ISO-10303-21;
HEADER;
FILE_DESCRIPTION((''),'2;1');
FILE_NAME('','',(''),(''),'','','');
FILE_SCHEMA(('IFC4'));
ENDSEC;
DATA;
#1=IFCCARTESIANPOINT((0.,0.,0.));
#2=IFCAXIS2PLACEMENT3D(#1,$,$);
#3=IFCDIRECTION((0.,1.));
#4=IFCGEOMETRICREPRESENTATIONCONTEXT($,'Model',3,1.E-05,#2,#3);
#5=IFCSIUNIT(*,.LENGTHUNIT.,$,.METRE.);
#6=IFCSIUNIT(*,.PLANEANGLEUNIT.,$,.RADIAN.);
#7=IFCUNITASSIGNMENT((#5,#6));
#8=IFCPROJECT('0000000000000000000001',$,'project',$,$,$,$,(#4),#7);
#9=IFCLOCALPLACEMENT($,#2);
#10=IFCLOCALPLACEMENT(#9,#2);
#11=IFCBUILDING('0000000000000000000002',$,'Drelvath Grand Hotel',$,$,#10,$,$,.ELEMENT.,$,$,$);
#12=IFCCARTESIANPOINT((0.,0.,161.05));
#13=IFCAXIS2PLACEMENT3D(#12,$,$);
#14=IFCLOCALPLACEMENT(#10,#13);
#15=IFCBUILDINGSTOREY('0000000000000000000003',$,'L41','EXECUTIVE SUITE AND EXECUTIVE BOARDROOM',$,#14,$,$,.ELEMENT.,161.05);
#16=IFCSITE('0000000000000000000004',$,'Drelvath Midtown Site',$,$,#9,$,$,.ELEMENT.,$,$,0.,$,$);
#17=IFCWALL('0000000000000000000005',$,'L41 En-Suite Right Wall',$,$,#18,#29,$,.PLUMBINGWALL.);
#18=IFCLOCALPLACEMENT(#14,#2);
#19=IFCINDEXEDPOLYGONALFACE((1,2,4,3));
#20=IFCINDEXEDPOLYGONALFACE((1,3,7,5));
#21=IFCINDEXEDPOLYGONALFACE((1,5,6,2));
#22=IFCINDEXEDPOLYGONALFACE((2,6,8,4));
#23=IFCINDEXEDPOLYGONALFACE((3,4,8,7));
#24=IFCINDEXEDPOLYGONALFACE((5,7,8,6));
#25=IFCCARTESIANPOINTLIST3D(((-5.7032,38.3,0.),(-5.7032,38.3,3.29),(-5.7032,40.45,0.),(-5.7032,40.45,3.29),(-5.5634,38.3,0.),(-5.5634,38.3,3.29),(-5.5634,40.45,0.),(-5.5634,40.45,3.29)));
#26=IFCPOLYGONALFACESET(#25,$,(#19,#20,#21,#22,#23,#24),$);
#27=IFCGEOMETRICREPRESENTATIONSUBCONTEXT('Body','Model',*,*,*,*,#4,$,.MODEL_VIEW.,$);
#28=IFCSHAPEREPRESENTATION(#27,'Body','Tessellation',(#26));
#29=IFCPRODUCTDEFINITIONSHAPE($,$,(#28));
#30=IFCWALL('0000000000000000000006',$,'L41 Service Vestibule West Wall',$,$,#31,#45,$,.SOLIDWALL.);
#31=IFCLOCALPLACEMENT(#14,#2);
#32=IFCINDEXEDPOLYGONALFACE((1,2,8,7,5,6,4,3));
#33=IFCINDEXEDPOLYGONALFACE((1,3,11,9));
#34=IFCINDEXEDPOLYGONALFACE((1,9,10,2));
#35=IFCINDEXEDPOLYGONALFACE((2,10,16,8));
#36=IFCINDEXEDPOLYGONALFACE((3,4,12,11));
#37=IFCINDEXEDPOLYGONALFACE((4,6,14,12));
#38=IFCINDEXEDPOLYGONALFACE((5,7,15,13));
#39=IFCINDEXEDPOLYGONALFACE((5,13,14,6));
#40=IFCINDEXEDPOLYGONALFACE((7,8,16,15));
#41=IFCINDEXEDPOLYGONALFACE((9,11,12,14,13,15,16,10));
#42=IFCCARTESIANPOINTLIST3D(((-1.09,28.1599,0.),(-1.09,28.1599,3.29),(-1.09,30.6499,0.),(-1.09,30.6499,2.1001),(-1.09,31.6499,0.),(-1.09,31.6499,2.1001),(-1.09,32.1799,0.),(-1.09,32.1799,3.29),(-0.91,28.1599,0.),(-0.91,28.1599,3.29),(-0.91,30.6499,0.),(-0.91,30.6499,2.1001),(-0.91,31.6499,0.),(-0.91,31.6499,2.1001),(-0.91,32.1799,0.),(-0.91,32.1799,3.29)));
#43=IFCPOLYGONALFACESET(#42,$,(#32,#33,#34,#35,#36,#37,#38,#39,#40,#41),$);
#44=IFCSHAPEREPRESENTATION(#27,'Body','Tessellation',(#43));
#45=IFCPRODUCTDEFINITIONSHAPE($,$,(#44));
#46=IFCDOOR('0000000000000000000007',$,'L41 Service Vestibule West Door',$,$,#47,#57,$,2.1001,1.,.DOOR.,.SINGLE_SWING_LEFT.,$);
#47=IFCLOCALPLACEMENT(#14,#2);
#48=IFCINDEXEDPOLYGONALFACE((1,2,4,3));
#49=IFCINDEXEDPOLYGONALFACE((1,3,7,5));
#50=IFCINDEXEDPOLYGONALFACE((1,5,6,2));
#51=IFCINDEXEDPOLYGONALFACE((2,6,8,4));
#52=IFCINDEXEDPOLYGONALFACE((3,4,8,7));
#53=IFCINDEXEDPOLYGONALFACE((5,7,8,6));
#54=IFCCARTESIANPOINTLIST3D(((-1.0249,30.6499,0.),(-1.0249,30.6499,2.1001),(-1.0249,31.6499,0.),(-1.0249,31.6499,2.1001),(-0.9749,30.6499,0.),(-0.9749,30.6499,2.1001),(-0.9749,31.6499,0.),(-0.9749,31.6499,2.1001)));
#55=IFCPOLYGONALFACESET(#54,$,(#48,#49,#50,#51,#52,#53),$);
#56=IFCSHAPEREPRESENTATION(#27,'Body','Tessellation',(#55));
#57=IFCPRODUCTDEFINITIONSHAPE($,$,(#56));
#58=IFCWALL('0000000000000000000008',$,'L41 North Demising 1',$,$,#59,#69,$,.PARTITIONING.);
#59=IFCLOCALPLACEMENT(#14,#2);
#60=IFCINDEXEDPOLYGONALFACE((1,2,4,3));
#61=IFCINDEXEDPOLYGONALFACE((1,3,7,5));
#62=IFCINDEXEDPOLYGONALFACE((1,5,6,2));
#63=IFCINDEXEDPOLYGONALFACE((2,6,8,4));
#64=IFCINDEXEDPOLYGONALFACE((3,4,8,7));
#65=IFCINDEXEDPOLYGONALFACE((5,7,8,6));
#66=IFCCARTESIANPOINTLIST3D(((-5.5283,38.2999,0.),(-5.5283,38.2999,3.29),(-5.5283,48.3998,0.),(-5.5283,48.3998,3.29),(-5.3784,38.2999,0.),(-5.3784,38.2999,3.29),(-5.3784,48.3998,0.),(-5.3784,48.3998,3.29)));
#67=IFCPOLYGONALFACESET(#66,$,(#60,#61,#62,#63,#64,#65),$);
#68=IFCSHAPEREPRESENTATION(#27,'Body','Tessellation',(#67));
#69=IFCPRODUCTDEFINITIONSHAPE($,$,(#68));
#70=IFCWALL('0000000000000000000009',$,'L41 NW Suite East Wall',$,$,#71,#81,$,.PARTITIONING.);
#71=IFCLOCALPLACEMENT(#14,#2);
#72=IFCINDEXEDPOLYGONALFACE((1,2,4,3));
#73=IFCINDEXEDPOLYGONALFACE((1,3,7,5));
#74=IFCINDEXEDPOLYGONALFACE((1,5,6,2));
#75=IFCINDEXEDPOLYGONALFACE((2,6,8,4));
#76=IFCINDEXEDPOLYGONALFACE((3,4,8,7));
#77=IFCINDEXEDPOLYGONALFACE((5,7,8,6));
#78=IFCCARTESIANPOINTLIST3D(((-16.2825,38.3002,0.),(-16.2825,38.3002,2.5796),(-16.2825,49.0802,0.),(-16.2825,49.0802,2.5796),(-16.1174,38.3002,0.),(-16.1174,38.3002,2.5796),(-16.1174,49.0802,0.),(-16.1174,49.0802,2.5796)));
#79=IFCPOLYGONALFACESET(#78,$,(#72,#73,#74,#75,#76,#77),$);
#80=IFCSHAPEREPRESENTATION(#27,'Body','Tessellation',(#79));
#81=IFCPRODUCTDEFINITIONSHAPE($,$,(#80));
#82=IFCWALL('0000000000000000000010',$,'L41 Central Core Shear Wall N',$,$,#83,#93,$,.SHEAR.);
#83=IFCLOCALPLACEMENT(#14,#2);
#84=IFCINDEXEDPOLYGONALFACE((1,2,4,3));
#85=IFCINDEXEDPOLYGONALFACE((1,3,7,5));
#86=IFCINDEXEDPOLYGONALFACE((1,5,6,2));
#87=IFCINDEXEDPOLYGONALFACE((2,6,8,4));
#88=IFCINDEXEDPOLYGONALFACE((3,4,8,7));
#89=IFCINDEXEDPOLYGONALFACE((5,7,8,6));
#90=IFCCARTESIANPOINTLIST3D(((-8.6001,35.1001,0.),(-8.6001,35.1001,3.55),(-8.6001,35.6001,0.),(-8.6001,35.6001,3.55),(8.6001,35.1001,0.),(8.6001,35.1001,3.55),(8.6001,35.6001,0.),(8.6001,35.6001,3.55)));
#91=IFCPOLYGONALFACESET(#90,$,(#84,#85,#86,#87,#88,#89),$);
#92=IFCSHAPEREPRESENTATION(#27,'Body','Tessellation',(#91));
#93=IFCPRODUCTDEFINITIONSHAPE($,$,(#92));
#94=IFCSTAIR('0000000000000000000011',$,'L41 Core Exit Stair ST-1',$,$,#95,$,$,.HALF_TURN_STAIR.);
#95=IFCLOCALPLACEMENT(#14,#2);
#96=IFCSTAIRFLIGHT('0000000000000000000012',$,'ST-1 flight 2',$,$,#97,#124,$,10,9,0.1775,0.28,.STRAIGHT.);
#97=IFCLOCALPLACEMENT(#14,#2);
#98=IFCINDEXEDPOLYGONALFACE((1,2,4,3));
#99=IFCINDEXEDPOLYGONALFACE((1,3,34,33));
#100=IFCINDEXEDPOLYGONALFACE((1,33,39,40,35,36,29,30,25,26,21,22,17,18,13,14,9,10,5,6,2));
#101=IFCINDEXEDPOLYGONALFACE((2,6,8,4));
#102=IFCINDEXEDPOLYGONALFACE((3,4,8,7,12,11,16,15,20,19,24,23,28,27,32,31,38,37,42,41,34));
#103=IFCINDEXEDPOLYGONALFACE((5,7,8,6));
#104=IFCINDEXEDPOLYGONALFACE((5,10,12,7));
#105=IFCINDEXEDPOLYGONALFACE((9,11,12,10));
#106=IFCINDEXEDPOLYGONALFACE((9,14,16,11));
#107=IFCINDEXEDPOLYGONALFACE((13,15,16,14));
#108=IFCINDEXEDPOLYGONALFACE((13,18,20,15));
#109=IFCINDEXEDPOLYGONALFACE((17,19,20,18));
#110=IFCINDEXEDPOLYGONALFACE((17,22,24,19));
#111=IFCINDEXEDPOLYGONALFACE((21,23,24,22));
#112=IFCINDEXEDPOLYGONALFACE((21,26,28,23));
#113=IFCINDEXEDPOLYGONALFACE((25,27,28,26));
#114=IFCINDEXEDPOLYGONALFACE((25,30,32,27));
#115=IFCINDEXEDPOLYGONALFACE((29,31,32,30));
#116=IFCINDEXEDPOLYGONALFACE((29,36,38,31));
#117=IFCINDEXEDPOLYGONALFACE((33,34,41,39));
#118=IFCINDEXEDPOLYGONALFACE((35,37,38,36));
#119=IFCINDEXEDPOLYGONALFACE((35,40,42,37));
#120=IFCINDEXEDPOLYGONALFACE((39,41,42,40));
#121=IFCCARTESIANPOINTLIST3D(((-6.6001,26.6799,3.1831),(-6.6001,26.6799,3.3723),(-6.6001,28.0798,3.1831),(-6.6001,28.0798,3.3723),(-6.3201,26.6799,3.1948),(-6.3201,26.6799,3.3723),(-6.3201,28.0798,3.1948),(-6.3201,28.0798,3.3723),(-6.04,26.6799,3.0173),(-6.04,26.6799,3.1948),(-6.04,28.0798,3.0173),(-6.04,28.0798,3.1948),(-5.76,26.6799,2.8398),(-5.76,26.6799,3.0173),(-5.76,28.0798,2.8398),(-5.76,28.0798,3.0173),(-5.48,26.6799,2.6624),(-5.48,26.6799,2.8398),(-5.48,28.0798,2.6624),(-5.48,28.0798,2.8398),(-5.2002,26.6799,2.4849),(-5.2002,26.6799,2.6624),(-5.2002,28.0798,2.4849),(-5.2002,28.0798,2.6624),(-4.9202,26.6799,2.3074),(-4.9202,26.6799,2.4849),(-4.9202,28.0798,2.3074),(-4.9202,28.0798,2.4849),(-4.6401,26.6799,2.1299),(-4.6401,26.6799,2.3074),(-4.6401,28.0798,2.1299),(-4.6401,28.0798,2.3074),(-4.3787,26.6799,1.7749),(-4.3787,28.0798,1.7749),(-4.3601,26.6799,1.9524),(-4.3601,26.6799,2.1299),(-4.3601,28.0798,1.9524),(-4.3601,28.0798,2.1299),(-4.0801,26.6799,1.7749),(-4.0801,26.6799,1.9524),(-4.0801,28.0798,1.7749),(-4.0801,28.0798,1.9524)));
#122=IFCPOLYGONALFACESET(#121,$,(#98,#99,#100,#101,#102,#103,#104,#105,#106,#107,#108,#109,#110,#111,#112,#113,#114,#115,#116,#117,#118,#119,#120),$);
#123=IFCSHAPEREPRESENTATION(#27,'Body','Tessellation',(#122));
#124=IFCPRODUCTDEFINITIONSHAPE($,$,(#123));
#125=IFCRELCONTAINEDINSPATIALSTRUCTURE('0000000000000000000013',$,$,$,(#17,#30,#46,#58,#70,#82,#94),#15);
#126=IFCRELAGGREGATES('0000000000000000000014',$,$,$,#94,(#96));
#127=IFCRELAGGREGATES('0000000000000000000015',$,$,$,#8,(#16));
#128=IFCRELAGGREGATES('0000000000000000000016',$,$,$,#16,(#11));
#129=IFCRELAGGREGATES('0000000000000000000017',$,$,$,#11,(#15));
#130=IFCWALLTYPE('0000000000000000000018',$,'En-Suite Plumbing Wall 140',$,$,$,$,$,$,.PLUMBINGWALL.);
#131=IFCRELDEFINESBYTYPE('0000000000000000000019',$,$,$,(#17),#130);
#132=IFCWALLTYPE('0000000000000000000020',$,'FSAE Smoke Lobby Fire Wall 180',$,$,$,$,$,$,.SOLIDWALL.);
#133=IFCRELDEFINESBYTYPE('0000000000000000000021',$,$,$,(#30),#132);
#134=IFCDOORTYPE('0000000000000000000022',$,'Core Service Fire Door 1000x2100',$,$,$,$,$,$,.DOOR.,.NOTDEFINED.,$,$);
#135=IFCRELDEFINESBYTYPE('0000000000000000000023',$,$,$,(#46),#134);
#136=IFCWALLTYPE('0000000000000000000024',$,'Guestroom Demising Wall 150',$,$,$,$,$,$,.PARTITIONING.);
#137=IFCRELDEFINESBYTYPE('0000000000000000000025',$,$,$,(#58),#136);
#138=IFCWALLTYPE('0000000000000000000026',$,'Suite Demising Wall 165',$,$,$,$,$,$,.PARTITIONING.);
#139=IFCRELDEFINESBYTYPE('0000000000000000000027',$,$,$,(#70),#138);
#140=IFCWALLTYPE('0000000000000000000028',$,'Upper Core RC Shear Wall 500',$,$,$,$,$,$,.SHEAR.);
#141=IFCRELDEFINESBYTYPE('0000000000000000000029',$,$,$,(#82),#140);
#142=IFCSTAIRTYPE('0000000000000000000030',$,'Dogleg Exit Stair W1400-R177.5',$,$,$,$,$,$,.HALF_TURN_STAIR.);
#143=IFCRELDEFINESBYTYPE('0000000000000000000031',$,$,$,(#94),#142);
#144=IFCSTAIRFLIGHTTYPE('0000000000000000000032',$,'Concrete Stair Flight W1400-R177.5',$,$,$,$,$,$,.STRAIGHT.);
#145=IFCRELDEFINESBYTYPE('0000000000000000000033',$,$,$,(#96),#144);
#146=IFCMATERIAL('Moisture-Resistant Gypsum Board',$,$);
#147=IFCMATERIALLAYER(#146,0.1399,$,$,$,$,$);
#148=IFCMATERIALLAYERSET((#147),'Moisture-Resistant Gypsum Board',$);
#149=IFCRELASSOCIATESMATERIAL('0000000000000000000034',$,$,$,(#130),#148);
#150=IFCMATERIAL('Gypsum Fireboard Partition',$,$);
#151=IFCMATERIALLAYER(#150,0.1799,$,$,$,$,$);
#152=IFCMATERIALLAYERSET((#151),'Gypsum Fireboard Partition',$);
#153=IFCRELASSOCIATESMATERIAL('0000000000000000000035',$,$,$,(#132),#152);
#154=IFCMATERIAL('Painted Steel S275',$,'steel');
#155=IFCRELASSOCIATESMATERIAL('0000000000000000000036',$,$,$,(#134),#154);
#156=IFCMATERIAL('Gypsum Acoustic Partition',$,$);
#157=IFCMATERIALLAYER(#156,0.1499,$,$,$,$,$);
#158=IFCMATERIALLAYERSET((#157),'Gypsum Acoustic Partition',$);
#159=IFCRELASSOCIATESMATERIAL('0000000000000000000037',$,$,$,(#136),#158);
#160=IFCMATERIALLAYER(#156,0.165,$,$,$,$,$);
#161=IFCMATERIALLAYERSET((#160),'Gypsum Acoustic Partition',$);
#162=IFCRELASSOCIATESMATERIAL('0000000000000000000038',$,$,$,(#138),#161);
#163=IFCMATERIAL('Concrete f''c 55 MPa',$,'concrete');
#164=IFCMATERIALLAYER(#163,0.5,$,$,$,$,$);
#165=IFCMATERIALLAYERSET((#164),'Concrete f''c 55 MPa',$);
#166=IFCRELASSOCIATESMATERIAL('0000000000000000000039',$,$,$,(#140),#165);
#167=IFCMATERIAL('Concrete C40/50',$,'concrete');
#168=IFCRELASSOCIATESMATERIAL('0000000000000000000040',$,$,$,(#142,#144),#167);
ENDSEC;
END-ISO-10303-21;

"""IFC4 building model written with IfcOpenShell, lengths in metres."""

from ifc_helpers import new_model, si_unit, direction, frame, frame_2d, origin, place, context, subcontext, project, spatial, polyline, rectangle, outline, extrude, material, layer, layer_set, type_object, element, fill, aggregate, save


model = new_model("IFC4")

# Units and contexts
model_context = context("Model", 3, precision=1e-05, world=origin(), true_north=direction((0.0, 1.0)))
body_context = subcontext(model_context, "Body", "Model", "MODEL_VIEW")
ifc_project = project(units=[si_unit("LENGTHUNIT", "METRE"), si_unit("PLANEANGLEUNIT", "RADIAN")], contexts=[model_context])

# Site, building, storey
site_placement = place(None, origin())
site = spatial("IfcSite", under=ifc_project, at=site_placement, Name="Drelvath Midtown Site", CompositionType="ELEMENT", RefElevation=0.0)
building_placement = place(site_placement, origin())
building = spatial("IfcBuilding", under=site, at=building_placement, Name="Drelvath Grand Hotel", CompositionType="ELEMENT")
storey_placement = place(building_placement, frame((0.0, 0.0, 161.05)))
storey = spatial("IfcBuildingStorey", under=building, at=storey_placement, Name="L41", Description="EXECUTIVE SUITE AND EXECUTIVE BOARDROOM", CompositionType="ELEMENT", Elevation=161.05)

# Shared definitions
ifc_material_1 = material(Name="Concrete f'c 55 MPa", Category="concrete")

# Shared definitions
ifc_material_2 = material(Name="Painted Steel S275", Category="steel")

# Shared definitions
ifc_material_3 = material(Name="Concrete C40/50", Category="concrete")

# Shared definitions
ifc_material_4 = material(Name="Gypsum Fireboard Partition")

# Wall
ifc_material_5 = material(Name="Moisture-Resistant Gypsum Board")
ifc_layer_1 = layer(ifc_material_5, 0.1399)
ifc_layer_set_1 = layer_set([ifc_layer_1], Name="Moisture-Resistant Gypsum Board")
wall_type_1 = type_object("IfcWallType", Name="En-Suite Plumbing Wall 140", PredefinedType="PLUMBINGWALL", material=ifc_layer_set_1)
for number, where, z_axis, x_axis, name in (
    (1, (-5.6333, 38.3, 0.0), (0.0, 0.0, 1.0), (0.0, 1.0, 0.0), "L41 En-Suite Right Wall"),
):
    element("IfcWall", number, at=place(storey_placement, frame(where, z_axis=z_axis, x_axis=x_axis)), inside=storey, type_object=wall_type_1, Name=name, PredefinedType="PLUMBINGWALL", context=body_context, shape_type="SweptSolid", body=[
        extrude(rectangle(XDim=2.1499, YDim=0.1399, at=frame_2d((1.075, 0.0))), origin(), (0.0, 0.0, 1.0), 3.29),
    ])

# Wall, opening, door
ifc_layer_2 = layer(ifc_material_4, 0.1799)
ifc_layer_set_2 = layer_set([ifc_layer_2], Name="Gypsum Fireboard Partition")
wall_type_2 = type_object("IfcWallType", Name="FSAE Smoke Lobby Fire Wall 180", PredefinedType="SOLIDWALL", material=ifc_layer_set_2)
wall_1_placement = place(storey_placement, frame((-1.0, 28.1599, 0.0), z_axis=(0.0, 0.0, 1.0), x_axis=(0.0, 1.0, 0.0)))
wall_1 = element("IfcWall", 2, at=wall_1_placement, inside=storey, type_object=wall_type_2, Name="L41 Service Vestibule West Wall", PredefinedType="SOLIDWALL", context=body_context, shape_type="SweptSolid", body=[
    extrude(rectangle(XDim=4.02, YDim=0.1799, at=frame_2d((2.01, 0.0))), origin(), (0.0, 0.0, 1.0), 3.29),
])
opening_1_placement = place(wall_1_placement, frame((2.49, 0.0, 0.0)))
opening_1 = element("IfcOpeningElement", 3, at=opening_1_placement, cuts=wall_1, PredefinedType="OPENING", context=body_context, shape_type="SweptSolid", body=[
    extrude(rectangle(XDim=1.0, YDim=2.1001, at=frame_2d((0.5, 1.05))), frame((0.0, 0.0999, 0.0), z_axis=(0.0, -1.0, 0.0), x_axis=(1.0, 0.0, 0.0)), (0.0, 0.0, 1.0), 0.2),
])
door_type_1 = type_object("IfcDoorType", Name="Core Service Fire Door 1000x2100", OperationType="NOTDEFINED", PredefinedType="DOOR", material=ifc_material_2)
door_1_placement = place(opening_1_placement, origin())
door_1 = element("IfcDoor", 4, at=door_1_placement, inside=storey, type_object=door_type_1, Name="L41 Service Vestibule West Door", OperationType="SINGLE_SWING_LEFT", OverallHeight=2.1001, OverallWidth=1.0, PredefinedType="DOOR", context=body_context, shape_type="SweptSolid", body=[
    extrude(rectangle(XDim=1.0, YDim=2.1001, at=frame_2d((0.5, 1.05))), frame((0.0, 0.0249, 0.0), z_axis=(0.0, -1.0, 0.0), x_axis=(1.0, 0.0, 0.0)), (0.0, 0.0, 1.0), 0.05),
])
fill(opening_1, door_1)

# Walls
ifc_material_6 = material(Name="Gypsum Acoustic Partition")
ifc_layer_3 = layer(ifc_material_6, 0.1499)
ifc_layer_set_3 = layer_set([ifc_layer_3], Name="Gypsum Acoustic Partition")
wall_type_3 = type_object("IfcWallType", Name="Guestroom Demising Wall 150", PredefinedType="PARTITIONING", material=ifc_layer_set_3)
wall_2_placement = place(storey_placement, frame((-5.4534, 38.3, 0.0), z_axis=(0.0, 0.0, 1.0), x_axis=(0.0, 1.0, 0.0)))
element("IfcWall", 5, at=wall_2_placement, inside=storey, type_object=wall_type_3, Name="L41 North Demising 1", PredefinedType="PARTITIONING", context=body_context, shape_type="SweptSolid", body=[
    extrude(rectangle(XDim=10.0999, YDim=0.1499, at=frame_2d((5.0498, 0.0))), origin(), (0.0, 0.0, 1.0), 3.29),
])
ifc_layer_4 = layer(ifc_material_6, 0.165)
ifc_layer_set_4 = layer_set([ifc_layer_4], Name="Gypsum Acoustic Partition")
wall_type_4 = type_object("IfcWallType", Name="Suite Demising Wall 165", PredefinedType="PARTITIONING", material=ifc_layer_set_4)
wall_3_placement = place(storey_placement, frame((-16.2, 38.3, 0.0), z_axis=(0.0, 0.0, 1.0), x_axis=(0.0, 1.0, 0.0)))
element("IfcWall", 6, at=wall_3_placement, inside=storey, type_object=wall_type_4, Name="L41 NW Suite East Wall", PredefinedType="PARTITIONING", context=body_context, shape_type="SweptSolid", body=[
    extrude(rectangle(XDim=10.78, YDim=0.165, at=frame_2d((5.3901, 0.0))), origin(), (0.0, 0.0, 1.0), 2.5796),
])
ifc_layer_5 = layer(ifc_material_1, 0.5)
ifc_layer_set_5 = layer_set([ifc_layer_5], Name="Concrete f'c 55 MPa")
wall_type_5 = type_object("IfcWallType", Name="Upper Core RC Shear Wall 500", PredefinedType="SHEAR", material=ifc_layer_set_5)
wall_4_placement = place(storey_placement, frame((-8.6001, 35.3501, 0.0), z_axis=(0.0, 0.0, 1.0), x_axis=(1.0, 0.0, 0.0)))
element("IfcWall", 7, at=wall_4_placement, inside=storey, type_object=wall_type_5, Name="L41 Central Core Shear Wall N", PredefinedType="SHEAR", context=body_context, shape_type="SweptSolid", body=[
    extrude(rectangle(XDim=17.2002, YDim=0.5, at=frame_2d((8.6001, 0.0))), origin(), (0.0, 0.0, 1.0), 3.55),
])

# Stair, stair flight
stair_type = type_object("IfcStairType", Name="Dogleg Exit Stair W1400-R177.5", PredefinedType="HALF_TURN_STAIR", material=ifc_material_3)
stair_placement = place(storey_placement, origin())
stair = element("IfcStair", 8, at=stair_placement, inside=storey, type_object=stair_type, Name="L41 Core Exit Stair ST-1", PredefinedType="HALF_TURN_STAIR")
stair_flight_type = type_object("IfcStairFlightType", Name="Concrete Stair Flight W1400-R177.5", PredefinedType="STRAIGHT", material=ifc_material_3)
stair_flight_placement = place(storey_placement, frame((-4.0801, 27.3799, 1.7749), z_axis=(0.0, 0.0, 1.0), x_axis=(-1.0, 0.0, 0.0)))
stair_flight = element("IfcStairFlight", 9, at=stair_flight_placement, type_object=stair_flight_type, Name="ST-1 flight 2", NumberOfRisers=10, NumberOfTreads=9, PredefinedType="STRAIGHT", RiserHeight=0.1775, TreadLength=0.28, context=body_context, shape_type="SweptSolid", body=[
    extrude(outline(polyline([(0.0, 0.0), (0.0, 0.1775), (0.28, 0.1775), (0.28, 0.355), (0.5601, 0.355), (0.5601, 0.5325), (0.8401, 0.5325), (0.8401, 0.71), (1.1201, 0.71), (1.1201, 0.8875), (1.3999, 0.8875), (1.3999, 1.0649), (1.6799, 1.0649), (1.6799, 1.2424), (1.96, 1.2424), (1.96, 1.4199), (2.24, 1.4199), (2.24, 1.5974), (2.52, 1.5974), (2.52, 1.7749), (2.52, 1.4082), (0.2986, 0.0), (0.0, 0.0)])), frame((0.0, 0.7, 0.0), z_axis=(0.0, -1.0, 0.0), x_axis=(1.0, 0.0, 0.0)), (0.0, 0.0, 1.0), 1.3999),
])
aggregate(stair, [stair_flight])

save(model, "model.ifc")
